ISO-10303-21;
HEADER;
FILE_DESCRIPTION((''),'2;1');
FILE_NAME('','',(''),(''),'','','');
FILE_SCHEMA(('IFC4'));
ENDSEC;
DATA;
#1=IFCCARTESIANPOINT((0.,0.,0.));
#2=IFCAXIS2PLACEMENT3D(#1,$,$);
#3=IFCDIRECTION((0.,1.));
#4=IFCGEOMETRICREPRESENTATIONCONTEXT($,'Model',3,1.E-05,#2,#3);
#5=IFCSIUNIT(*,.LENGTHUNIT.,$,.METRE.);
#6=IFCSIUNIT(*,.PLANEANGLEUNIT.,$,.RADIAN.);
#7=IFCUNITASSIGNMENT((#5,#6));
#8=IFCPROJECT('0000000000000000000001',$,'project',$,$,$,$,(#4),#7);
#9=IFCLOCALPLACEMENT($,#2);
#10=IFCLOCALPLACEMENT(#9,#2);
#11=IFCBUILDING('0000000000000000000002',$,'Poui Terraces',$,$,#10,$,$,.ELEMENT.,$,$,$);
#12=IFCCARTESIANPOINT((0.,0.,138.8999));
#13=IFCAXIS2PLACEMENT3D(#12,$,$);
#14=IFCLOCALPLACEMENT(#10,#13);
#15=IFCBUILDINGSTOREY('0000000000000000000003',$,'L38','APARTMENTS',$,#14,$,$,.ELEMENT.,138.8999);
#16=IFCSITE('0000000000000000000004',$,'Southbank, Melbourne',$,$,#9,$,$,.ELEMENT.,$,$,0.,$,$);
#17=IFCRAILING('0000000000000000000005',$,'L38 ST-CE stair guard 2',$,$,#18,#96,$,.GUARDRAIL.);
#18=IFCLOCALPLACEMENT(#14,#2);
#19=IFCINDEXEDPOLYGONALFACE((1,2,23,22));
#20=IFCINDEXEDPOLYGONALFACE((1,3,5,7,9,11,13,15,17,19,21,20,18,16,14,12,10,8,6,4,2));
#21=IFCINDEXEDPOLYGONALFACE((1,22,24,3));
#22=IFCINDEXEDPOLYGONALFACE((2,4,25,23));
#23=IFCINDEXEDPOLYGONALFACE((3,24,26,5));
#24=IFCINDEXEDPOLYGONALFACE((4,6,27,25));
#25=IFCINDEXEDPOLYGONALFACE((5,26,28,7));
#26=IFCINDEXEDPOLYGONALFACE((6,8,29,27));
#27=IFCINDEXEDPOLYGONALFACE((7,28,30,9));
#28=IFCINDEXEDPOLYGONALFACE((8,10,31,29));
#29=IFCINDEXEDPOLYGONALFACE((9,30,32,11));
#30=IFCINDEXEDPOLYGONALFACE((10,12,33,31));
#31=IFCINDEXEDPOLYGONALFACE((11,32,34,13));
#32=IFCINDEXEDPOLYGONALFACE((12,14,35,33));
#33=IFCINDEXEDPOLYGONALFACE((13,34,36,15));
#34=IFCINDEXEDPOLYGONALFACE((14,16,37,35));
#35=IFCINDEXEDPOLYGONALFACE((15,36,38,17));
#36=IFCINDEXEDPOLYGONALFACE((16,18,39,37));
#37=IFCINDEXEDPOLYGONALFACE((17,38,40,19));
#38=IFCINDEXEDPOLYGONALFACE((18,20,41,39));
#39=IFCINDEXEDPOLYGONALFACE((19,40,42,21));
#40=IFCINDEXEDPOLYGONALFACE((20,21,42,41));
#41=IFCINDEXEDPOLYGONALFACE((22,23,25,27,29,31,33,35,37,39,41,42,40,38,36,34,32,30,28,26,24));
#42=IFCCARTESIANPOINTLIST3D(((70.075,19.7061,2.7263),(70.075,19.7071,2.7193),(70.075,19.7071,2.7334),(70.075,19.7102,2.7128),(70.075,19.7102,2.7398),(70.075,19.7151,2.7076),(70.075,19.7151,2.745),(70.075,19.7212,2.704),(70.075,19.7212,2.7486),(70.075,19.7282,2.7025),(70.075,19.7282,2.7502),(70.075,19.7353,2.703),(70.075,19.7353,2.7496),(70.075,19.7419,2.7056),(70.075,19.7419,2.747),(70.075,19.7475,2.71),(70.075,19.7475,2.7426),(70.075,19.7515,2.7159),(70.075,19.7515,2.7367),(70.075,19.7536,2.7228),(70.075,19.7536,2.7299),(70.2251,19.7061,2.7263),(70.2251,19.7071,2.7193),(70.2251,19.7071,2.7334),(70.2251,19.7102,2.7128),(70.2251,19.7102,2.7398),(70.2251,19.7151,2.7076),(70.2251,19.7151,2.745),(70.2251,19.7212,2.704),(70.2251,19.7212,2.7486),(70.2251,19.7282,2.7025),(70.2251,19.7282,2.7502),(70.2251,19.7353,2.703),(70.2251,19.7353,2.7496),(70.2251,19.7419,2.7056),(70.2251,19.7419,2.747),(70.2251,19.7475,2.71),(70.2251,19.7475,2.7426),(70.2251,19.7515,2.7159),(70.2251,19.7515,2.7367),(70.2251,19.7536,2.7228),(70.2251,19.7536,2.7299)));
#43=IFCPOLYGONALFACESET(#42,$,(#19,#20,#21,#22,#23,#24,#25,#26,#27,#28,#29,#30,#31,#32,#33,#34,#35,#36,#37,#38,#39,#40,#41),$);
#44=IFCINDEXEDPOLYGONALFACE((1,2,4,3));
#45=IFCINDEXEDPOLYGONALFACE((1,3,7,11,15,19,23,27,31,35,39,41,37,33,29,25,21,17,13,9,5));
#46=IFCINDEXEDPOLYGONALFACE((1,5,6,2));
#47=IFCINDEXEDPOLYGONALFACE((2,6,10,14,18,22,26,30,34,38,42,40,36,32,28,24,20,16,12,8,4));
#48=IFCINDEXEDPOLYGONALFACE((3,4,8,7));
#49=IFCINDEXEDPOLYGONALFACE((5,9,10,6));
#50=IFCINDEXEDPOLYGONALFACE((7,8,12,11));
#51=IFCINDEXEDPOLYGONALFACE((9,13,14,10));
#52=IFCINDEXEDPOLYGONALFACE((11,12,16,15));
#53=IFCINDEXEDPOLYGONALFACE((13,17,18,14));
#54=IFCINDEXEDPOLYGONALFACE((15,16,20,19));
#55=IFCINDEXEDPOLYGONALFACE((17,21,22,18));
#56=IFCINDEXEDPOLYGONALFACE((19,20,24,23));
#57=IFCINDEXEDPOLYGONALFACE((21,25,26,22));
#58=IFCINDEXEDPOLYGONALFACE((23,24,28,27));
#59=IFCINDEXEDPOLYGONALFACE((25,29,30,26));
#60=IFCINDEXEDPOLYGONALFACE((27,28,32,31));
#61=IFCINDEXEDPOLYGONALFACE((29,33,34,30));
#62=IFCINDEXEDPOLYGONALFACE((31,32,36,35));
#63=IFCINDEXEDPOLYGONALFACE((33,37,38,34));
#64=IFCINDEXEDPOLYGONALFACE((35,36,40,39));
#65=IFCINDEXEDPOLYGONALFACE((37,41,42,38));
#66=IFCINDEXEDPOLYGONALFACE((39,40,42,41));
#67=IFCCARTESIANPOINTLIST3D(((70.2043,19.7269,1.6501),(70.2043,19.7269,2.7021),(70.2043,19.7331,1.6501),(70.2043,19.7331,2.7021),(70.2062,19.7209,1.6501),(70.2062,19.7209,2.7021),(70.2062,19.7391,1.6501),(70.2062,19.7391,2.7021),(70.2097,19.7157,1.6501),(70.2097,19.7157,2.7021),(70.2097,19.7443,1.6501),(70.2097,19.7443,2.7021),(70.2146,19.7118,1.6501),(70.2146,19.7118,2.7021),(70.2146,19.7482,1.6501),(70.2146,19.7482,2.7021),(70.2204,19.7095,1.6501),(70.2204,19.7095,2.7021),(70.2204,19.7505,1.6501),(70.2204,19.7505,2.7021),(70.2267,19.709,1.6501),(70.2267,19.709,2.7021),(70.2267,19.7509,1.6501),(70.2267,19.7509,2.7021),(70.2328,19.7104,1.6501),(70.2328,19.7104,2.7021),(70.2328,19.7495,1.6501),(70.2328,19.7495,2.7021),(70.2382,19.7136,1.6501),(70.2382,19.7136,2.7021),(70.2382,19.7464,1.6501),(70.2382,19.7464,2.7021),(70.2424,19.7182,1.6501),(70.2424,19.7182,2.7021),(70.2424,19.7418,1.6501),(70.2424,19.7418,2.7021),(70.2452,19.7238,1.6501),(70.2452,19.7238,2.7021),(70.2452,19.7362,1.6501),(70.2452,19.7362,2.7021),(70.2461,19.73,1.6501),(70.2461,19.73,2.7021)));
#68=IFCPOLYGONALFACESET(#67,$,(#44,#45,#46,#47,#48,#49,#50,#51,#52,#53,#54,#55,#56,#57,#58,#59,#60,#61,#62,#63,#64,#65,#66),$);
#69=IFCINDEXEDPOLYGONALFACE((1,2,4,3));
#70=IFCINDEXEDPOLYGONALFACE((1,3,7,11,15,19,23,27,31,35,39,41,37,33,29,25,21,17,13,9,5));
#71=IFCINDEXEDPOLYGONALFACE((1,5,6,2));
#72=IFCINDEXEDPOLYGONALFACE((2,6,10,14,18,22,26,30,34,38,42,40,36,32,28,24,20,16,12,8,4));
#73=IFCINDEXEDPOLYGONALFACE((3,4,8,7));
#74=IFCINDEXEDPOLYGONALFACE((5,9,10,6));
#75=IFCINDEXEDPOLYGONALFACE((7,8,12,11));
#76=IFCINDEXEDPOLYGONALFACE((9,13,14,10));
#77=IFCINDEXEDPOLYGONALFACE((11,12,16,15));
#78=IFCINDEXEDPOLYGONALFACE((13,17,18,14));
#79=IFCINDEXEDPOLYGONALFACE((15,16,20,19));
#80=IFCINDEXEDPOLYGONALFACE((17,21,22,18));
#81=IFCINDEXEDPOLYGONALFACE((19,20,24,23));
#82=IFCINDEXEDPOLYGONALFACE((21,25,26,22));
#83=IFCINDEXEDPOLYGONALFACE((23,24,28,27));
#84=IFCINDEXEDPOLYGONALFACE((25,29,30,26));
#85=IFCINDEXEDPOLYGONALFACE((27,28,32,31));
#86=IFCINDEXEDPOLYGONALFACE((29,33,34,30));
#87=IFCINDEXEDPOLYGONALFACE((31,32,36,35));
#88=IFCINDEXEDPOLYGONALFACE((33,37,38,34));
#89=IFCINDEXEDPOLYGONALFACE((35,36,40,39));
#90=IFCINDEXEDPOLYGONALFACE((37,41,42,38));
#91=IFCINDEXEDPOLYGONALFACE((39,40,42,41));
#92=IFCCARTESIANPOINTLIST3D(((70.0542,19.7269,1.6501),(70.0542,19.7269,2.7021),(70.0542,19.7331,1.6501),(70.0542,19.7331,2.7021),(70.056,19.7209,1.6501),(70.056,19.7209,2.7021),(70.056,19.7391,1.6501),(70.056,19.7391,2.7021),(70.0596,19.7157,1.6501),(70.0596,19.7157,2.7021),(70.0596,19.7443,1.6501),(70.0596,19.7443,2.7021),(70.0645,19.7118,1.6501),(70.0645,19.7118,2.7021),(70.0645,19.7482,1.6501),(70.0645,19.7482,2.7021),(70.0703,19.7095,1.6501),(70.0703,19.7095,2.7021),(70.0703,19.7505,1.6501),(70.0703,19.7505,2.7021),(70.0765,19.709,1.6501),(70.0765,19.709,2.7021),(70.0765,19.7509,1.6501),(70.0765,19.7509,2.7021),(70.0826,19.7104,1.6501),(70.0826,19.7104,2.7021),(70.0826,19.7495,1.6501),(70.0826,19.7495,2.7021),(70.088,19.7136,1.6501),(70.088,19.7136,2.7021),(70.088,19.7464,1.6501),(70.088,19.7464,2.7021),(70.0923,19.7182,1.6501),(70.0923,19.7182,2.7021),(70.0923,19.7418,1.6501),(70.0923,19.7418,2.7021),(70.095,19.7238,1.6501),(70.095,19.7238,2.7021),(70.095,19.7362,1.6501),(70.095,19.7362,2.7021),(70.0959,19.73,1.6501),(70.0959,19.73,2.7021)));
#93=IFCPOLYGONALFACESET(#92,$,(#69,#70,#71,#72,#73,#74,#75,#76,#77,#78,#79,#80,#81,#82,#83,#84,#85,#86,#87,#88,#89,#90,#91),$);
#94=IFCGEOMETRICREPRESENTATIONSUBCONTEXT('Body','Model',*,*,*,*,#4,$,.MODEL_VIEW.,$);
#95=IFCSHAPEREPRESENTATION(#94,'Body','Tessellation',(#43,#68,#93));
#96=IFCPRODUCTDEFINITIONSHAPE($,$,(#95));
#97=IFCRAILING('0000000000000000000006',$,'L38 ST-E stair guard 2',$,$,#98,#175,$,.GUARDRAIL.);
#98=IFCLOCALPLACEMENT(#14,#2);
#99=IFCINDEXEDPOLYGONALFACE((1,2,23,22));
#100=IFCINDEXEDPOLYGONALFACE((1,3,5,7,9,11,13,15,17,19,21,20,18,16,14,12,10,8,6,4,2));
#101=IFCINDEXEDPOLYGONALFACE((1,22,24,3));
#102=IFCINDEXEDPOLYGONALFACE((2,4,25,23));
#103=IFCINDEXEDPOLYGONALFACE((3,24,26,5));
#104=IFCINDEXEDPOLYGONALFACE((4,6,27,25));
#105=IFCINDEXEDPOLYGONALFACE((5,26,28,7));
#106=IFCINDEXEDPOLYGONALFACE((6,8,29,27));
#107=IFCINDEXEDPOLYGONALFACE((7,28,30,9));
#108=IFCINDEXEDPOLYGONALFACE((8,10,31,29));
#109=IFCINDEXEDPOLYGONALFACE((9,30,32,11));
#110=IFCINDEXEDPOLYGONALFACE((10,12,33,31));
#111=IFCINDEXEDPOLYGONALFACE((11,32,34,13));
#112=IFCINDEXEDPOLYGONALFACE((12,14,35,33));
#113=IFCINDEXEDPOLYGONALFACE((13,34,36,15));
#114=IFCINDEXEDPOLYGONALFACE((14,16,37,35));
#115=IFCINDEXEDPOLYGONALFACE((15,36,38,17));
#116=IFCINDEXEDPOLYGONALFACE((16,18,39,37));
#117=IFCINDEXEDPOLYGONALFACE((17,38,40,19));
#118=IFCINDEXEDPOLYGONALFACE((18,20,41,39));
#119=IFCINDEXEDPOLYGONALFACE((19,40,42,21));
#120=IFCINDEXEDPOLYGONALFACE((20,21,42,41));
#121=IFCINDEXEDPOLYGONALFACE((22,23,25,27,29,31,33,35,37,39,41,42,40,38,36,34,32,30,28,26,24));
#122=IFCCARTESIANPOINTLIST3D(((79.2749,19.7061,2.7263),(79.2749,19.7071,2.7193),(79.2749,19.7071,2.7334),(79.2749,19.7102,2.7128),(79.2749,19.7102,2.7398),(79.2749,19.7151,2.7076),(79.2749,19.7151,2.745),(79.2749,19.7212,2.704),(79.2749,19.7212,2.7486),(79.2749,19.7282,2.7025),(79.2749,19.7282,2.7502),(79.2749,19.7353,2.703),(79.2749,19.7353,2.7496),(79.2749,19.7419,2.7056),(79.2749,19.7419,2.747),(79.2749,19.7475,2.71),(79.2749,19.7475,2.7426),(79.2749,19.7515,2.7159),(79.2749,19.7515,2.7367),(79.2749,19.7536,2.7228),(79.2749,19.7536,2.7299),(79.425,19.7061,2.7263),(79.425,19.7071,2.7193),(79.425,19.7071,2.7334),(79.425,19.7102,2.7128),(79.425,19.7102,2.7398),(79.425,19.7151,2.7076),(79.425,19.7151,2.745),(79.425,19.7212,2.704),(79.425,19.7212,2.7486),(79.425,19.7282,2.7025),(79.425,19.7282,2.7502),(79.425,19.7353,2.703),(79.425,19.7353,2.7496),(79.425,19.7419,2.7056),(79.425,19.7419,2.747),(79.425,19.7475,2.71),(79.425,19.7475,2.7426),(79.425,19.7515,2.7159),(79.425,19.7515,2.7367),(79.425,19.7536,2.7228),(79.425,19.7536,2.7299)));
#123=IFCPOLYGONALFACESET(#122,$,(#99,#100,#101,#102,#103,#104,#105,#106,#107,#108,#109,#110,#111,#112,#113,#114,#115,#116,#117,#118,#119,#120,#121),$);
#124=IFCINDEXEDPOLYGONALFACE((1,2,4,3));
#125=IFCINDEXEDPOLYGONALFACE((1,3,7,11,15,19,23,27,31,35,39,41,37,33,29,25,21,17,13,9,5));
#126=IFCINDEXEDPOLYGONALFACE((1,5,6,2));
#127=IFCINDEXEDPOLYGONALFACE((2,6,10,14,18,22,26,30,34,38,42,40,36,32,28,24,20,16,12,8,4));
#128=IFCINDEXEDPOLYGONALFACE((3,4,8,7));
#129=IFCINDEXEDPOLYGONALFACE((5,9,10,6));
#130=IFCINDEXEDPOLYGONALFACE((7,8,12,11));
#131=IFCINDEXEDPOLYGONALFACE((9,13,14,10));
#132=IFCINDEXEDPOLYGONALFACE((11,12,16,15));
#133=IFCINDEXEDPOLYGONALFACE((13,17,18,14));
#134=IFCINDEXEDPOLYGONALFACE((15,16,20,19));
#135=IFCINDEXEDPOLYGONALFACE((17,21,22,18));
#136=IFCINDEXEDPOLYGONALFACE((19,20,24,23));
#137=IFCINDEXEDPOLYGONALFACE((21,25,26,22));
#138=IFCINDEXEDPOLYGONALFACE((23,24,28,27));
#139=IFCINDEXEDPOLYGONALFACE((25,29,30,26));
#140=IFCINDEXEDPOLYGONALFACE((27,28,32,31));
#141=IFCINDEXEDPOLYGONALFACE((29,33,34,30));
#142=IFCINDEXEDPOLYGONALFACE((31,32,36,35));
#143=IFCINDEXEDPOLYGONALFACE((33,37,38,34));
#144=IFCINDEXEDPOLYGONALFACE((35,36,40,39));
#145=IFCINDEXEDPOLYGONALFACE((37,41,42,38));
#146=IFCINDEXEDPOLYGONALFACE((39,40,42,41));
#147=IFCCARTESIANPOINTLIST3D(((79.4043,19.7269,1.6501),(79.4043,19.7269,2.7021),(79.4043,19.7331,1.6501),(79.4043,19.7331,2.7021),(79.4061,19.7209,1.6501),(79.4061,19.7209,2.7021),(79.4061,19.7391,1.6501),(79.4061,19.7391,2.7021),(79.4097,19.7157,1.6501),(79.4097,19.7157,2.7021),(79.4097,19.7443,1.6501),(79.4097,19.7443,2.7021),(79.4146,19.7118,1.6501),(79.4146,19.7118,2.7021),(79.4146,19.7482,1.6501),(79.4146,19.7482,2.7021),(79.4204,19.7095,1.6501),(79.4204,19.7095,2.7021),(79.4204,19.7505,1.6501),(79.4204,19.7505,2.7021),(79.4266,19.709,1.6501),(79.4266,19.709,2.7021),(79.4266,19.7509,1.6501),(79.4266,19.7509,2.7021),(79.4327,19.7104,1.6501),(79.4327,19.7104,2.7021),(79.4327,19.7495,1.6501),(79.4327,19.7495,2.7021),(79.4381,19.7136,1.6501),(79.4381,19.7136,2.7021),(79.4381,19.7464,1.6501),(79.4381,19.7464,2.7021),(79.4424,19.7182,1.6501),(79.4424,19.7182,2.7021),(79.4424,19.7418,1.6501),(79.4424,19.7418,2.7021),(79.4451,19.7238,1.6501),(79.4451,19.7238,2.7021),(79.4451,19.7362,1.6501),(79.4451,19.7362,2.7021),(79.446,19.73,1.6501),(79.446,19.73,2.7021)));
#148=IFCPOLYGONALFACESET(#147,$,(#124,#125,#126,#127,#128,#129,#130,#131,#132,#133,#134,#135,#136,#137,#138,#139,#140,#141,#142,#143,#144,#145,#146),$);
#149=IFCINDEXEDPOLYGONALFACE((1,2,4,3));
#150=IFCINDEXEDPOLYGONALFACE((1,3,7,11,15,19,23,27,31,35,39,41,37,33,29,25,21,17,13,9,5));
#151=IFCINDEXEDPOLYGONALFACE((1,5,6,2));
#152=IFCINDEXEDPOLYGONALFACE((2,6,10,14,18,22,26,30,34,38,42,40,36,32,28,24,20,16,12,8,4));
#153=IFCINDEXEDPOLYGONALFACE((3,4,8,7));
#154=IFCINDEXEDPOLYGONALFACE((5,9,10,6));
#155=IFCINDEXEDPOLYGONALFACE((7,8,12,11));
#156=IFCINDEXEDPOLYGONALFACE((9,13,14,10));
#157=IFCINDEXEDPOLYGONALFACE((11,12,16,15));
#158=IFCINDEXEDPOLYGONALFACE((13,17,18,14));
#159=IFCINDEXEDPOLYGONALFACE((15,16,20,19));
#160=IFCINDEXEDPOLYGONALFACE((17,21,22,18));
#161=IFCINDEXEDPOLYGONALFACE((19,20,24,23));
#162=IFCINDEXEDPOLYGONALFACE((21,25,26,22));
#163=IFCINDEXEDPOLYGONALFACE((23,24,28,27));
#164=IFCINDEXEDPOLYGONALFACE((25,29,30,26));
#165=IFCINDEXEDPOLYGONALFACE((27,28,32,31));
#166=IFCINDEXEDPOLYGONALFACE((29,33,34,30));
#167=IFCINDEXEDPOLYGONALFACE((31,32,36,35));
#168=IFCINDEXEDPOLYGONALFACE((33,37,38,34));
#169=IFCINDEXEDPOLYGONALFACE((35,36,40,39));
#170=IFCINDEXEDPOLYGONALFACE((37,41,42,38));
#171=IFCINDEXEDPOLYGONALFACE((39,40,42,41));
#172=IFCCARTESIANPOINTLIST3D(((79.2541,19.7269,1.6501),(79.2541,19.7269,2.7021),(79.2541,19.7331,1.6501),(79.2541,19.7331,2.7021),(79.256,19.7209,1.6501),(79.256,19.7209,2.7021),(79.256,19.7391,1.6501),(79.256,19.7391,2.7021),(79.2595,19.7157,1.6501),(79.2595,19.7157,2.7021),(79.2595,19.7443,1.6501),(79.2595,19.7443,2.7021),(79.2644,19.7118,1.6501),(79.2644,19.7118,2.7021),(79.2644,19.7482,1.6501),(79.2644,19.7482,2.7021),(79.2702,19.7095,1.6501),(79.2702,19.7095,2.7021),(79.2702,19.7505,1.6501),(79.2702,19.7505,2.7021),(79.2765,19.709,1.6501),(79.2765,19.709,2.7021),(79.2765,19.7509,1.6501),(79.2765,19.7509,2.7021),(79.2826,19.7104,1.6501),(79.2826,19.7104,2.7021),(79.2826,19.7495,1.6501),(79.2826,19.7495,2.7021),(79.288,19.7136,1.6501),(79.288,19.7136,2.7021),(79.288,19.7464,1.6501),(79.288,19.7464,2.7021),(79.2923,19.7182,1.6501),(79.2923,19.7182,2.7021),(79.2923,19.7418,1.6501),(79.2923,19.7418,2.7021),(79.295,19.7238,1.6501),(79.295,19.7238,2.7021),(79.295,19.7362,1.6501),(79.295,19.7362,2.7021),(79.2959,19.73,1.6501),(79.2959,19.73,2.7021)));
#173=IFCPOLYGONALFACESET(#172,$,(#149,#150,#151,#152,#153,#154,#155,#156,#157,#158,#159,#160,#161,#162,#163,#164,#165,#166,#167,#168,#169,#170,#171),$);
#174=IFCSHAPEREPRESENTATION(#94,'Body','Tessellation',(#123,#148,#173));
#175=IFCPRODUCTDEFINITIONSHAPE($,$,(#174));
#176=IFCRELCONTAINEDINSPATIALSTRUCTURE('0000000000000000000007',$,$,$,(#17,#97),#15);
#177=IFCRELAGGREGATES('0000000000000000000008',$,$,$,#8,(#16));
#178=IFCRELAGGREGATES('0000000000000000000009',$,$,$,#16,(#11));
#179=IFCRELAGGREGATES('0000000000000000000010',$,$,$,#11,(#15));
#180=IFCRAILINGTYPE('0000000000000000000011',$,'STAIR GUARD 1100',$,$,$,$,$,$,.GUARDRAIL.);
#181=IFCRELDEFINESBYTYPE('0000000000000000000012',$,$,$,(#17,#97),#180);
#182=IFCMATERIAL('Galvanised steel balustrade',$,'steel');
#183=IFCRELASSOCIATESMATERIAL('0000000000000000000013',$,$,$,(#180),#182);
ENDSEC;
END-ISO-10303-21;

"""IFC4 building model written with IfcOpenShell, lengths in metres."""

from ifc_helpers import new_model, si_unit, direction, frame, origin, origin_2d, place, context, subcontext, project, spatial, circle, extrude, material, type_object, element, save


model = new_model("IFC4")

# Units and contexts
model_context = context("Model", 3, precision=1e-05, world=origin(), true_north=direction((0.0, 1.0)))
body_context = subcontext(model_context, "Body", "Model", "MODEL_VIEW")
ifc_project = project(units=[si_unit("LENGTHUNIT", "METRE"), si_unit("PLANEANGLEUNIT", "RADIAN")], contexts=[model_context])

# Site, building, storey
site_placement = place(None, origin())
site = spatial("IfcSite", under=ifc_project, at=site_placement, Name="Southbank, Melbourne", CompositionType="ELEMENT", RefElevation=0.0)
building_placement = place(site_placement, origin())
building = spatial("IfcBuilding", under=site, at=building_placement, Name="Poui Terraces", CompositionType="ELEMENT")
storey_placement = place(building_placement, frame((0.0, 0.0, 138.8999)))
storey = spatial("IfcBuildingStorey", under=building, at=storey_placement, Name="L38", Description="APARTMENTS", CompositionType="ELEMENT", Elevation=138.8999)

# Railings
ifc_material_1 = material(Name="Galvanised steel balustrade", Category="steel")
railing_type_1 = type_object("IfcRailingType", Name="STAIR GUARD 1100", PredefinedType="GUARDRAIL", material=ifc_material_1)
for number, where, name in (
    (1, (70.2251, 19.73, 1.6501), "L38 ST-CE stair guard 2"),
    (2, (79.425, 19.73, 1.6501), "L38 ST-E stair guard 2"),
):
    element("IfcRailing", number, at=place(storey_placement, frame(where)), inside=storey, type_object=railing_type_1, Name=name, PredefinedType="GUARDRAIL", context=body_context, shape_type="SweptSolid", body=[
        extrude(circle(Radius=0.0239, at=origin_2d()), frame((0.0, 0.0, 1.0762), z_axis=(-1.0, 0.0, 0.0), x_axis=(0.0, -1.0, 0.0)), (0.0, 0.0, 1.0), 0.1501),
        extrude(circle(Radius=0.021, at=origin_2d()), origin(), (0.0, 0.0, 1.0), 1.052),
        extrude(circle(Radius=0.021, at=origin_2d()), frame((-0.1501, 0.0, 0.0)), (0.0, 0.0, 1.0), 1.052),
    ])

save(model, "model.ifc")
